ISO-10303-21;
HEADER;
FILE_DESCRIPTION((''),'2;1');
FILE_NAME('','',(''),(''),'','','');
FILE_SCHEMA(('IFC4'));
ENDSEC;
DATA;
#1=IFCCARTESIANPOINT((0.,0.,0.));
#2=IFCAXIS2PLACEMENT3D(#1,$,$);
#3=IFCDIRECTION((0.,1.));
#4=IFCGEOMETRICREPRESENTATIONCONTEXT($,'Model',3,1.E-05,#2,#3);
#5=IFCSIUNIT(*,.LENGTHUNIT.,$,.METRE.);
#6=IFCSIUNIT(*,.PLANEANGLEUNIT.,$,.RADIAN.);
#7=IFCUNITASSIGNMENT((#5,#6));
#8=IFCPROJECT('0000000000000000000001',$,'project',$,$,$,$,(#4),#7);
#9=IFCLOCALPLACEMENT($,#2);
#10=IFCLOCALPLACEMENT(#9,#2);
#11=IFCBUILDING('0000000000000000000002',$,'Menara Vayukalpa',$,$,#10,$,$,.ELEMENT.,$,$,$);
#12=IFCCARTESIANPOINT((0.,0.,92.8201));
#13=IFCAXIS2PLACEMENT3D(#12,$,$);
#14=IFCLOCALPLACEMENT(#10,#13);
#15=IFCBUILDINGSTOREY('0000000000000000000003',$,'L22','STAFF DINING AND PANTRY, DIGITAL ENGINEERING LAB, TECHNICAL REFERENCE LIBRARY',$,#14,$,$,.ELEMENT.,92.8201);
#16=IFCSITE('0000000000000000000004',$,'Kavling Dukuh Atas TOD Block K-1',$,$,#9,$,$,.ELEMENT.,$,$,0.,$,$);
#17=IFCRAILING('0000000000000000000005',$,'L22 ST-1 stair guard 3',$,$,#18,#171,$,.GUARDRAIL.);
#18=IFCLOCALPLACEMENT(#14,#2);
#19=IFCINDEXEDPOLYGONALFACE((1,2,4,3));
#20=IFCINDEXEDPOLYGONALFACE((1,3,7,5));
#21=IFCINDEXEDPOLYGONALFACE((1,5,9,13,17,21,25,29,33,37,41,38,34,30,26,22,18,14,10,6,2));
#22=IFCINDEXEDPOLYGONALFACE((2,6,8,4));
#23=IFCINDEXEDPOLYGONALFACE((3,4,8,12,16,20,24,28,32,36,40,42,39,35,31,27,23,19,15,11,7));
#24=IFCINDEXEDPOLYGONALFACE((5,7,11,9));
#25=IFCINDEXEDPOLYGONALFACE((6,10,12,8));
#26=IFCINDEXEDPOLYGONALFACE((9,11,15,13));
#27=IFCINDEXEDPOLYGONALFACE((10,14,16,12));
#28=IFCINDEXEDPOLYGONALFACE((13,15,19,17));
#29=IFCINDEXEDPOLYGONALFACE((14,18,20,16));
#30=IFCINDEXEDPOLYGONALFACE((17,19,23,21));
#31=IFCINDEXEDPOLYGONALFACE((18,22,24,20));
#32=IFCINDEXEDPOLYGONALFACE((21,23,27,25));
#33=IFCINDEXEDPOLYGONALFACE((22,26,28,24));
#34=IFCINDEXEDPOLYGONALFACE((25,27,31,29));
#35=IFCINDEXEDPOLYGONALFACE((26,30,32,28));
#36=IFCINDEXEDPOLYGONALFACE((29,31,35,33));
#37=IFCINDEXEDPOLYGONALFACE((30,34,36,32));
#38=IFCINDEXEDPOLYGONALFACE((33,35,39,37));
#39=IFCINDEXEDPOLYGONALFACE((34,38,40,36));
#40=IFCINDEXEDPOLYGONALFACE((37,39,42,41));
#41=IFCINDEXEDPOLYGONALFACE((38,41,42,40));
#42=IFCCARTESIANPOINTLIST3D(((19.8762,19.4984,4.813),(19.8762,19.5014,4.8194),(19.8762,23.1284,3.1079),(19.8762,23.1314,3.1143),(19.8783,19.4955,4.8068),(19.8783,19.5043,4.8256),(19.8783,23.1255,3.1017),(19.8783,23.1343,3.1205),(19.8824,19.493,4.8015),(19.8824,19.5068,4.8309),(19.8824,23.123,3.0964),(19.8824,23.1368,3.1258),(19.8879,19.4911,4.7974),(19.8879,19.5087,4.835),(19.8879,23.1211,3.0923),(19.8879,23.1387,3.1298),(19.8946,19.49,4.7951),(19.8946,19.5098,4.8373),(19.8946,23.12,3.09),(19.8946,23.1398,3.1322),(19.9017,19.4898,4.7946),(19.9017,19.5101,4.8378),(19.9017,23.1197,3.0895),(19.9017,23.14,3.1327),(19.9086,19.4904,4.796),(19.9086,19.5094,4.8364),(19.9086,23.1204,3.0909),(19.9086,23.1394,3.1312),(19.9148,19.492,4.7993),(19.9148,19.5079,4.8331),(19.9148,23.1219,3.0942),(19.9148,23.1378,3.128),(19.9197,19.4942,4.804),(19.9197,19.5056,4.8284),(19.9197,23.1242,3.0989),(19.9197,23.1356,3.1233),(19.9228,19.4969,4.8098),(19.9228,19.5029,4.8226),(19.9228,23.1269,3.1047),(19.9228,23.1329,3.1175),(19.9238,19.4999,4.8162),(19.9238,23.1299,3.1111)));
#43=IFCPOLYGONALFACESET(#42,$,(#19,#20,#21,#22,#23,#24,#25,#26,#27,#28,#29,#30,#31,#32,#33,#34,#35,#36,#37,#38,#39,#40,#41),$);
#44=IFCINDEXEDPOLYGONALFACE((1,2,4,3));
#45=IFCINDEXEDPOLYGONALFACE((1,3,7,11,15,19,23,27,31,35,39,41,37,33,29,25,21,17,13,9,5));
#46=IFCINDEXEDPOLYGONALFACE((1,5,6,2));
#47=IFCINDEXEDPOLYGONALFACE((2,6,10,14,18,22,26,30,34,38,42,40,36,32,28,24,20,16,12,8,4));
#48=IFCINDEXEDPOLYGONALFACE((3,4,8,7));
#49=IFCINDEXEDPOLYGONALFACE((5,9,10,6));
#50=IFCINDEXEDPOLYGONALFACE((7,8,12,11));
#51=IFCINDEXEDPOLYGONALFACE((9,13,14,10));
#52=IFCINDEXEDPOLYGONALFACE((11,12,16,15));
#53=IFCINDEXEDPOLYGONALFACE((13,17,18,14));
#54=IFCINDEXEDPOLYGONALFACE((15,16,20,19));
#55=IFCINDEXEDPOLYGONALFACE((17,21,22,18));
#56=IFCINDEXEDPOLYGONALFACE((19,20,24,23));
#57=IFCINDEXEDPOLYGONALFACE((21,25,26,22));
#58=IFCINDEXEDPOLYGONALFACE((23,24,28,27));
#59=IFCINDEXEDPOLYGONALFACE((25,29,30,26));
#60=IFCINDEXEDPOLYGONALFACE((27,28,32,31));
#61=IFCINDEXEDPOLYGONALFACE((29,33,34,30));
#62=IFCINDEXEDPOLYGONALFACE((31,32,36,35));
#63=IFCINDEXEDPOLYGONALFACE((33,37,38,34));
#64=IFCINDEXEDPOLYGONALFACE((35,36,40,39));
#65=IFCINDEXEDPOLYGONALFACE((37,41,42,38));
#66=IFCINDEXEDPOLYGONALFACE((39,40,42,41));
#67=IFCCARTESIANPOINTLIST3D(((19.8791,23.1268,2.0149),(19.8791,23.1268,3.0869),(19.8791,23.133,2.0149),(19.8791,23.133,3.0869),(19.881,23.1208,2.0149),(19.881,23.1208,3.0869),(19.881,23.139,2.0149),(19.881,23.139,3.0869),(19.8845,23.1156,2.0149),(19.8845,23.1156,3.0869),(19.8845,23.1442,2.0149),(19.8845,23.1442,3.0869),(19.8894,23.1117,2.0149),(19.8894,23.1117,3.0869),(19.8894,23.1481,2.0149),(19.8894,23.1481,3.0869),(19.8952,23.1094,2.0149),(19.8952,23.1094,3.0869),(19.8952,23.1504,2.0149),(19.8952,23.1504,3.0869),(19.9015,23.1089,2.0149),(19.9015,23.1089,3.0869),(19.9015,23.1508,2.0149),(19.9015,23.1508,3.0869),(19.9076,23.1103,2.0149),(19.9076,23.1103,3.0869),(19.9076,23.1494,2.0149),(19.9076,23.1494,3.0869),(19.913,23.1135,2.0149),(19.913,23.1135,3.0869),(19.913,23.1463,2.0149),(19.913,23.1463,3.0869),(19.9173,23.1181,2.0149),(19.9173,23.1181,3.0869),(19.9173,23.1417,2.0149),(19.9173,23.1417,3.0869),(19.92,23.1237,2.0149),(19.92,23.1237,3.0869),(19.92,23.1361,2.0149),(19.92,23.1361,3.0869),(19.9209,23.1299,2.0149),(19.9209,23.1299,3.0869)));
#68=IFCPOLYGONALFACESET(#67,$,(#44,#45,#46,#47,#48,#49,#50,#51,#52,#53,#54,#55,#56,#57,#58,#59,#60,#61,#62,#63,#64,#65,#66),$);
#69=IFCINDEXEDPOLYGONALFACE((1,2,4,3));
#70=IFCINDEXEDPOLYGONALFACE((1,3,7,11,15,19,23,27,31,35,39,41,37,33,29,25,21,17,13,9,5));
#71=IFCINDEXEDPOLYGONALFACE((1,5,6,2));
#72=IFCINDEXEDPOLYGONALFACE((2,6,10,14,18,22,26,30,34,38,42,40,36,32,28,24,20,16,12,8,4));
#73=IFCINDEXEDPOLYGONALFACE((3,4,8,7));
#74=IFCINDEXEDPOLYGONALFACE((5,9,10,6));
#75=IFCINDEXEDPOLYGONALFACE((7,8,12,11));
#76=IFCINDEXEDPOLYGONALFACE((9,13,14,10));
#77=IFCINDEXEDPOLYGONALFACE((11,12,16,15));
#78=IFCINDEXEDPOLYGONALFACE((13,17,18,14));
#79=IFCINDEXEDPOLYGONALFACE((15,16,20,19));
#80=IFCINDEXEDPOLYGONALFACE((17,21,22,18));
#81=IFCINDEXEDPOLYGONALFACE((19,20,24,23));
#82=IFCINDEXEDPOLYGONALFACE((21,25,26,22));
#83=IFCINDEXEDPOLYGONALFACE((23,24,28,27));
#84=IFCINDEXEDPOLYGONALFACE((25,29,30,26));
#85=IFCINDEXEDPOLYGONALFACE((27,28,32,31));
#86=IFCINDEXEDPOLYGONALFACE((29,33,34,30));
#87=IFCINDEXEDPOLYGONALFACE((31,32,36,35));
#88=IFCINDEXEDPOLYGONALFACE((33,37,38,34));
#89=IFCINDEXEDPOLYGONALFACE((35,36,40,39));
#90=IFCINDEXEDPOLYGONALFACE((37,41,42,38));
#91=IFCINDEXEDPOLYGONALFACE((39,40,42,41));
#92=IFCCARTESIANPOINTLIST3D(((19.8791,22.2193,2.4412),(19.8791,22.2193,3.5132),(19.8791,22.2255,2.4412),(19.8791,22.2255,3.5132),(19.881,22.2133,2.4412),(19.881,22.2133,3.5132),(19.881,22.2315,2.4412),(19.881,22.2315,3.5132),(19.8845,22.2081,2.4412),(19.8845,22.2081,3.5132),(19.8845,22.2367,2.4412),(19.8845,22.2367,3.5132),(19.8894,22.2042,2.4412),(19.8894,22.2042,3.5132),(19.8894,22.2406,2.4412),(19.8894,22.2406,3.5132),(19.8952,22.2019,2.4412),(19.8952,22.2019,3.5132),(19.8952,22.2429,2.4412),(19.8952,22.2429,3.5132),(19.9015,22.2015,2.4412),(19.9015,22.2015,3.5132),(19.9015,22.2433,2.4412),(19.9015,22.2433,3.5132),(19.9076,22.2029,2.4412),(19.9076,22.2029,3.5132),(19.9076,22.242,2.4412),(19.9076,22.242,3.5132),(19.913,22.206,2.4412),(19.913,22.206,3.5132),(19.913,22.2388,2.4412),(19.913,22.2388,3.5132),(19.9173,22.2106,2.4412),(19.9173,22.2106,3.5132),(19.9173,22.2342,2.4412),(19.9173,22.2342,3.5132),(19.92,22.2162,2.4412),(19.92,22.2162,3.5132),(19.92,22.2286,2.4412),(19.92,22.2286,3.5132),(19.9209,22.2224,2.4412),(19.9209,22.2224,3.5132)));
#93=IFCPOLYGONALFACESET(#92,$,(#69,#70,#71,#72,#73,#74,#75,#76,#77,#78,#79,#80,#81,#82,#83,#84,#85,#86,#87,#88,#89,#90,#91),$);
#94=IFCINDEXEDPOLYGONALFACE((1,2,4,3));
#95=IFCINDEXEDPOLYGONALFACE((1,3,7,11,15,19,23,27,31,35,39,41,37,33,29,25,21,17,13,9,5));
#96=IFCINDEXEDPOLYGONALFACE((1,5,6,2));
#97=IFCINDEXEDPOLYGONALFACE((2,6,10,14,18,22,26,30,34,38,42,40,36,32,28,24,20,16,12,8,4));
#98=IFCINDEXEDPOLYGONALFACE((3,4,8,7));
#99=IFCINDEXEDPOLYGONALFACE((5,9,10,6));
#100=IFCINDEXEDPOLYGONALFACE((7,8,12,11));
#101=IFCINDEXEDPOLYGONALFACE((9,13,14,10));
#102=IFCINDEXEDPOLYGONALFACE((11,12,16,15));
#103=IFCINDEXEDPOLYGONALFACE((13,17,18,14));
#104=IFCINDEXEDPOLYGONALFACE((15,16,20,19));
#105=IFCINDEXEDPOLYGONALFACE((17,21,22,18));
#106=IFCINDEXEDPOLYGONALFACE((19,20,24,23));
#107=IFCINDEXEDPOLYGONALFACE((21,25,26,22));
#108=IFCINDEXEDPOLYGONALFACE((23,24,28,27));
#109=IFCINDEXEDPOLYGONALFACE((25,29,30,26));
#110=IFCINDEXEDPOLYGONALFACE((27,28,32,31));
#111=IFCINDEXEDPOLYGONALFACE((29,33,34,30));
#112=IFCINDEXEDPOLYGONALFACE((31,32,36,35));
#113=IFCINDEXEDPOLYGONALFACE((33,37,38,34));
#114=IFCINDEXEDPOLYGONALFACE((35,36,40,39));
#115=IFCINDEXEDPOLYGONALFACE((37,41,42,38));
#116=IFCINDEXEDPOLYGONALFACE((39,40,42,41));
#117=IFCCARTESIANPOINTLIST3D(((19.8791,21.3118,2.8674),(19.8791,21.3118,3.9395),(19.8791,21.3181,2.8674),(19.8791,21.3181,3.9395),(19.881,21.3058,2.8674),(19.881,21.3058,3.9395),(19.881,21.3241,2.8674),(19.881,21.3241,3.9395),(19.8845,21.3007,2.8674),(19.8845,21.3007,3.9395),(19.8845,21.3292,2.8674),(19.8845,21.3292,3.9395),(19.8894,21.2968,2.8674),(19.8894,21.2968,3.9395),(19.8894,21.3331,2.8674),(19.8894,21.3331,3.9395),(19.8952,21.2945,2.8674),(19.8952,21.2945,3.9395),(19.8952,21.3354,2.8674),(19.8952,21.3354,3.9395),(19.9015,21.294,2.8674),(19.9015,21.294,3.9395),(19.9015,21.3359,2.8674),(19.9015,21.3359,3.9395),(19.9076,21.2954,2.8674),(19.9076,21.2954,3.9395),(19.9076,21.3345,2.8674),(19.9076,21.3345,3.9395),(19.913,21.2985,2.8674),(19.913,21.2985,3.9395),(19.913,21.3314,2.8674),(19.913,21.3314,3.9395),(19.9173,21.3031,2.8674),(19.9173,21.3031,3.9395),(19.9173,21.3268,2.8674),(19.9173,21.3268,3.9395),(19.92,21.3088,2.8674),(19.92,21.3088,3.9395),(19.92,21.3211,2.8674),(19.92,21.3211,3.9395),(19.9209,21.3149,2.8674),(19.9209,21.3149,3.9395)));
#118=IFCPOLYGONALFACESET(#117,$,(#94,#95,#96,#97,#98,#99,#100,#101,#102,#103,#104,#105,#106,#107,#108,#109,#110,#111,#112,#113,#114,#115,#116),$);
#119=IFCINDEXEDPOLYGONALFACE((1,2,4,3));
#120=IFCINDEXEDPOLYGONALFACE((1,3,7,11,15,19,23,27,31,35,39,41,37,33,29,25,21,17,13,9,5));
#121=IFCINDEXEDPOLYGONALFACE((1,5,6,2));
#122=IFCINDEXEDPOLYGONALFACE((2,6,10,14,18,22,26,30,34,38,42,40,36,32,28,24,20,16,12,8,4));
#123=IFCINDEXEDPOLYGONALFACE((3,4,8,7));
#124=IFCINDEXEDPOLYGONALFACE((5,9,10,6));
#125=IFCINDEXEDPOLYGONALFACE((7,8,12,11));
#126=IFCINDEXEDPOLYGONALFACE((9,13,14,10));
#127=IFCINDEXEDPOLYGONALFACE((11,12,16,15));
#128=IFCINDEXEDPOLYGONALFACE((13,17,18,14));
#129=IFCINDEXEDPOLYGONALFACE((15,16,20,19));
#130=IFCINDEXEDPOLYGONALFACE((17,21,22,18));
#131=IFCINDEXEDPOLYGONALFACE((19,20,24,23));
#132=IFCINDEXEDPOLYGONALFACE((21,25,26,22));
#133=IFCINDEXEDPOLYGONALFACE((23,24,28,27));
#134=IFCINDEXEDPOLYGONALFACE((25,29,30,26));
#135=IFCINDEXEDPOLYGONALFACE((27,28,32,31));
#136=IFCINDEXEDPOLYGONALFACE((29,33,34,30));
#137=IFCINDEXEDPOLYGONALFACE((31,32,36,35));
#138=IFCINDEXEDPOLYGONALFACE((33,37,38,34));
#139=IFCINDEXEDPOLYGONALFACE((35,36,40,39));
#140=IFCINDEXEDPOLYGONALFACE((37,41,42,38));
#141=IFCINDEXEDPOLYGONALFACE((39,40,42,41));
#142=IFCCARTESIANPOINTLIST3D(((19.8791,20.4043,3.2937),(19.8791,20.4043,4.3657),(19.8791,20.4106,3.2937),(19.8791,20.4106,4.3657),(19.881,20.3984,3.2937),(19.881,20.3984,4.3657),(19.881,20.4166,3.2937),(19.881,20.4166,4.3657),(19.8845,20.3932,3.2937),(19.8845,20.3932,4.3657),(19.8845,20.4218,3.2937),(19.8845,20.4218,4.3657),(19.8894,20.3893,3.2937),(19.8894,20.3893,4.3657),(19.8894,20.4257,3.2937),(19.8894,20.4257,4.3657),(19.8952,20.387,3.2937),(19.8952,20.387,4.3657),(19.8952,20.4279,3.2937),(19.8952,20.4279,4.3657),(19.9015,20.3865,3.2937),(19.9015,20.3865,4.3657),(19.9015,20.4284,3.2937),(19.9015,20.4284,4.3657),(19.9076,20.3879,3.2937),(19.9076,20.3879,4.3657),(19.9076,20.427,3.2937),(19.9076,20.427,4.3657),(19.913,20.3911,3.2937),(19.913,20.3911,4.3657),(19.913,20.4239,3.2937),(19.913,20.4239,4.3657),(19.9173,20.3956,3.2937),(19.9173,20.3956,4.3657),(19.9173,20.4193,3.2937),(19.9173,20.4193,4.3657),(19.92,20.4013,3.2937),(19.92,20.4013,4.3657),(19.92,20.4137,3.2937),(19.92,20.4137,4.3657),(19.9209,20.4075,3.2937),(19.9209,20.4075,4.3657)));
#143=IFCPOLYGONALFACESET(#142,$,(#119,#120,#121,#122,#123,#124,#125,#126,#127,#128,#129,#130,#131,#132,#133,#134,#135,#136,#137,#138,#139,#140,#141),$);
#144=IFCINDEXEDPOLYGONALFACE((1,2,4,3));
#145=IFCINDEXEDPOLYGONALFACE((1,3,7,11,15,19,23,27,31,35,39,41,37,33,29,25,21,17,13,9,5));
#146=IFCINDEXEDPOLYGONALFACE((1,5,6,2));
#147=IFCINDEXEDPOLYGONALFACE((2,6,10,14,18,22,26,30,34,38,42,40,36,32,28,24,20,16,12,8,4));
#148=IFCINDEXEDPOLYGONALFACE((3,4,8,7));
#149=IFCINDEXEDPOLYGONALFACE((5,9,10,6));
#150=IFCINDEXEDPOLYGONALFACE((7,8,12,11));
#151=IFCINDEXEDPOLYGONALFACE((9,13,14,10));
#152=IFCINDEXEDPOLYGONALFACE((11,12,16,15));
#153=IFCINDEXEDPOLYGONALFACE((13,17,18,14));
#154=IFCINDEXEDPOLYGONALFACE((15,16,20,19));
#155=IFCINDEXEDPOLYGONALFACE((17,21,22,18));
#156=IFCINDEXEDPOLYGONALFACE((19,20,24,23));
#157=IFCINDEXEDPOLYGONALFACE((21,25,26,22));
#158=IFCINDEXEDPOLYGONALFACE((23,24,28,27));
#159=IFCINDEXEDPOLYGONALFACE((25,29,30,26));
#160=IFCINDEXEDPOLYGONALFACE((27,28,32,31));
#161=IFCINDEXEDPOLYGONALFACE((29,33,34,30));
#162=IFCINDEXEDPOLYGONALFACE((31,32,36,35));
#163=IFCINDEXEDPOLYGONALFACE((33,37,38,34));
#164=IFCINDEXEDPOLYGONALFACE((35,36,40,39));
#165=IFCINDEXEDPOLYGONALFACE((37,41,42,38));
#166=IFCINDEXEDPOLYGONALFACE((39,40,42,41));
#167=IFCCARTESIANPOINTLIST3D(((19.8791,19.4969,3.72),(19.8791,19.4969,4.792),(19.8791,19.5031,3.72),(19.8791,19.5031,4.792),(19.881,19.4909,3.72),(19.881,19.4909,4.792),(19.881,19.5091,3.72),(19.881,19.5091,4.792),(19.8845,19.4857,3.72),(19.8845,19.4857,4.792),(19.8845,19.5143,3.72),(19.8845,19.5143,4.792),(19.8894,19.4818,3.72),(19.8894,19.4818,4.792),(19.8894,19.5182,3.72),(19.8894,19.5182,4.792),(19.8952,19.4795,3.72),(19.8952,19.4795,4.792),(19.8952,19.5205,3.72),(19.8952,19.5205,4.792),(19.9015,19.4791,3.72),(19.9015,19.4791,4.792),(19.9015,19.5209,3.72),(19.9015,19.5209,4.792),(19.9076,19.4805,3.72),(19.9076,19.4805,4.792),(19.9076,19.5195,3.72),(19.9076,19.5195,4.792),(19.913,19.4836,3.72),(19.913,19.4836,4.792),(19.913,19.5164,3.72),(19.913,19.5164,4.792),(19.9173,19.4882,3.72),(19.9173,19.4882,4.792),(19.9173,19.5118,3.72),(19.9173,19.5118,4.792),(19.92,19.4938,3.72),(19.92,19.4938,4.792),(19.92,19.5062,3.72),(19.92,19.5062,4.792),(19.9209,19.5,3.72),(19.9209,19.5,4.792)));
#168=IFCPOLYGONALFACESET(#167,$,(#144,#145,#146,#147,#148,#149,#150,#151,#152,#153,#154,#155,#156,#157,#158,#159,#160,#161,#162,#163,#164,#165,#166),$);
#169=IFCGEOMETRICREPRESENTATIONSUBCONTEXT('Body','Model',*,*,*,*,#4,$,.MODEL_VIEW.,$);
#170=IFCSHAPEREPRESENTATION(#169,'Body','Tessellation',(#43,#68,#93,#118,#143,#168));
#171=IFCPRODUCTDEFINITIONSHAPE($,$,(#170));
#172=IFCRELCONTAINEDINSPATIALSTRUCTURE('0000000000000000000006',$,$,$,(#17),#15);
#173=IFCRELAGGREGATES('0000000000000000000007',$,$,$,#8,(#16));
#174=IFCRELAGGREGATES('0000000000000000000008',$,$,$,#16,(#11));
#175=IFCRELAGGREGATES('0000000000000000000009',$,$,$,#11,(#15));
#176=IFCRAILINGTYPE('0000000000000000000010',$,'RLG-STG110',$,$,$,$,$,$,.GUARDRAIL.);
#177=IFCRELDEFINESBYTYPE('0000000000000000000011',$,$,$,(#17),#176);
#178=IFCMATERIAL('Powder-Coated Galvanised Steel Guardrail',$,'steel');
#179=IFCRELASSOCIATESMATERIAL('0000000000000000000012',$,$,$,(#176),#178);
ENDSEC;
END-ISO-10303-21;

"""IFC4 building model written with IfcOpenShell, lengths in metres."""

from ifc_helpers import new_model, si_unit, direction, frame, origin, origin_2d, place, context, subcontext, project, spatial, circle, extrude, material, type_object, element, save


model = new_model("IFC4")

# Units and contexts
model_context = context("Model", 3, precision=1e-05, world=origin(), true_north=direction((0.0, 1.0)))
body_context = subcontext(model_context, "Body", "Model", "MODEL_VIEW")
ifc_project = project(units=[si_unit("LENGTHUNIT", "METRE"), si_unit("PLANEANGLEUNIT", "RADIAN")], contexts=[model_context])

# Site, building, storey
site_placement = place(None, origin())
site = spatial("IfcSite", under=ifc_project, at=site_placement, Name="Kavling Dukuh Atas TOD Block K-1", CompositionType="ELEMENT", RefElevation=0.0)
building_placement = place(site_placement, origin())
building = spatial("IfcBuilding", under=site, at=building_placement, Name="Menara Vayukalpa", CompositionType="ELEMENT")
storey_placement = place(building_placement, frame((0.0, 0.0, 92.8201)))
storey = spatial("IfcBuildingStorey", under=building, at=storey_placement, Name="L22", Description="STAFF DINING AND PANTRY, DIGITAL ENGINEERING LAB, TECHNICAL REFERENCE LIBRARY", CompositionType="ELEMENT", Elevation=92.8201)

# Railing
ifc_material_1 = material(Name="Powder-Coated Galvanised Steel Guardrail", Category="steel")
railing_type_1 = type_object("IfcRailingType", Name="RLG-STG110", PredefinedType="GUARDRAIL", material=ifc_material_1)
railing_1_placement = place(storey_placement, frame((19.8999, 23.1299, 2.0149)))
element("IfcRailing", 1, at=railing_1_placement, inside=storey, type_object=railing_type_1, Name="L22 ST-1 stair guard 3", PredefinedType="GUARDRAIL", context=body_context, shape_type="SweptSolid", body=[
    extrude(circle(Radius=0.0239, at=origin_2d()), frame((0.0, 0.0, 1.0962), z_axis=(0.0, -0.905116, 0.425164), x_axis=(1.0, 0.0, 0.0)), (0.0, 0.0, 1.0), 4.0105),
    extrude(circle(Radius=0.021, at=origin_2d()), origin(), (0.0, 0.0, 1.0), 1.072),
    extrude(circle(Radius=0.021, at=origin_2d()), frame((0.0, -0.9075, 0.4263)), (0.0, 0.0, 1.0), 1.072),
    extrude(circle(Radius=0.021, at=origin_2d()), frame((0.0, -1.8149, 0.8525)), (0.0, 0.0, 1.0), 1.072),
    extrude(circle(Radius=0.021, at=origin_2d()), frame((0.0, -2.7224, 1.2788)), (0.0, 0.0, 1.0), 1.072),
    extrude(circle(Radius=0.021, at=origin_2d()), frame((0.0, -3.6299, 1.7051)), (0.0, 0.0, 1.0), 1.072),
])

save(model, "model.ifc")
